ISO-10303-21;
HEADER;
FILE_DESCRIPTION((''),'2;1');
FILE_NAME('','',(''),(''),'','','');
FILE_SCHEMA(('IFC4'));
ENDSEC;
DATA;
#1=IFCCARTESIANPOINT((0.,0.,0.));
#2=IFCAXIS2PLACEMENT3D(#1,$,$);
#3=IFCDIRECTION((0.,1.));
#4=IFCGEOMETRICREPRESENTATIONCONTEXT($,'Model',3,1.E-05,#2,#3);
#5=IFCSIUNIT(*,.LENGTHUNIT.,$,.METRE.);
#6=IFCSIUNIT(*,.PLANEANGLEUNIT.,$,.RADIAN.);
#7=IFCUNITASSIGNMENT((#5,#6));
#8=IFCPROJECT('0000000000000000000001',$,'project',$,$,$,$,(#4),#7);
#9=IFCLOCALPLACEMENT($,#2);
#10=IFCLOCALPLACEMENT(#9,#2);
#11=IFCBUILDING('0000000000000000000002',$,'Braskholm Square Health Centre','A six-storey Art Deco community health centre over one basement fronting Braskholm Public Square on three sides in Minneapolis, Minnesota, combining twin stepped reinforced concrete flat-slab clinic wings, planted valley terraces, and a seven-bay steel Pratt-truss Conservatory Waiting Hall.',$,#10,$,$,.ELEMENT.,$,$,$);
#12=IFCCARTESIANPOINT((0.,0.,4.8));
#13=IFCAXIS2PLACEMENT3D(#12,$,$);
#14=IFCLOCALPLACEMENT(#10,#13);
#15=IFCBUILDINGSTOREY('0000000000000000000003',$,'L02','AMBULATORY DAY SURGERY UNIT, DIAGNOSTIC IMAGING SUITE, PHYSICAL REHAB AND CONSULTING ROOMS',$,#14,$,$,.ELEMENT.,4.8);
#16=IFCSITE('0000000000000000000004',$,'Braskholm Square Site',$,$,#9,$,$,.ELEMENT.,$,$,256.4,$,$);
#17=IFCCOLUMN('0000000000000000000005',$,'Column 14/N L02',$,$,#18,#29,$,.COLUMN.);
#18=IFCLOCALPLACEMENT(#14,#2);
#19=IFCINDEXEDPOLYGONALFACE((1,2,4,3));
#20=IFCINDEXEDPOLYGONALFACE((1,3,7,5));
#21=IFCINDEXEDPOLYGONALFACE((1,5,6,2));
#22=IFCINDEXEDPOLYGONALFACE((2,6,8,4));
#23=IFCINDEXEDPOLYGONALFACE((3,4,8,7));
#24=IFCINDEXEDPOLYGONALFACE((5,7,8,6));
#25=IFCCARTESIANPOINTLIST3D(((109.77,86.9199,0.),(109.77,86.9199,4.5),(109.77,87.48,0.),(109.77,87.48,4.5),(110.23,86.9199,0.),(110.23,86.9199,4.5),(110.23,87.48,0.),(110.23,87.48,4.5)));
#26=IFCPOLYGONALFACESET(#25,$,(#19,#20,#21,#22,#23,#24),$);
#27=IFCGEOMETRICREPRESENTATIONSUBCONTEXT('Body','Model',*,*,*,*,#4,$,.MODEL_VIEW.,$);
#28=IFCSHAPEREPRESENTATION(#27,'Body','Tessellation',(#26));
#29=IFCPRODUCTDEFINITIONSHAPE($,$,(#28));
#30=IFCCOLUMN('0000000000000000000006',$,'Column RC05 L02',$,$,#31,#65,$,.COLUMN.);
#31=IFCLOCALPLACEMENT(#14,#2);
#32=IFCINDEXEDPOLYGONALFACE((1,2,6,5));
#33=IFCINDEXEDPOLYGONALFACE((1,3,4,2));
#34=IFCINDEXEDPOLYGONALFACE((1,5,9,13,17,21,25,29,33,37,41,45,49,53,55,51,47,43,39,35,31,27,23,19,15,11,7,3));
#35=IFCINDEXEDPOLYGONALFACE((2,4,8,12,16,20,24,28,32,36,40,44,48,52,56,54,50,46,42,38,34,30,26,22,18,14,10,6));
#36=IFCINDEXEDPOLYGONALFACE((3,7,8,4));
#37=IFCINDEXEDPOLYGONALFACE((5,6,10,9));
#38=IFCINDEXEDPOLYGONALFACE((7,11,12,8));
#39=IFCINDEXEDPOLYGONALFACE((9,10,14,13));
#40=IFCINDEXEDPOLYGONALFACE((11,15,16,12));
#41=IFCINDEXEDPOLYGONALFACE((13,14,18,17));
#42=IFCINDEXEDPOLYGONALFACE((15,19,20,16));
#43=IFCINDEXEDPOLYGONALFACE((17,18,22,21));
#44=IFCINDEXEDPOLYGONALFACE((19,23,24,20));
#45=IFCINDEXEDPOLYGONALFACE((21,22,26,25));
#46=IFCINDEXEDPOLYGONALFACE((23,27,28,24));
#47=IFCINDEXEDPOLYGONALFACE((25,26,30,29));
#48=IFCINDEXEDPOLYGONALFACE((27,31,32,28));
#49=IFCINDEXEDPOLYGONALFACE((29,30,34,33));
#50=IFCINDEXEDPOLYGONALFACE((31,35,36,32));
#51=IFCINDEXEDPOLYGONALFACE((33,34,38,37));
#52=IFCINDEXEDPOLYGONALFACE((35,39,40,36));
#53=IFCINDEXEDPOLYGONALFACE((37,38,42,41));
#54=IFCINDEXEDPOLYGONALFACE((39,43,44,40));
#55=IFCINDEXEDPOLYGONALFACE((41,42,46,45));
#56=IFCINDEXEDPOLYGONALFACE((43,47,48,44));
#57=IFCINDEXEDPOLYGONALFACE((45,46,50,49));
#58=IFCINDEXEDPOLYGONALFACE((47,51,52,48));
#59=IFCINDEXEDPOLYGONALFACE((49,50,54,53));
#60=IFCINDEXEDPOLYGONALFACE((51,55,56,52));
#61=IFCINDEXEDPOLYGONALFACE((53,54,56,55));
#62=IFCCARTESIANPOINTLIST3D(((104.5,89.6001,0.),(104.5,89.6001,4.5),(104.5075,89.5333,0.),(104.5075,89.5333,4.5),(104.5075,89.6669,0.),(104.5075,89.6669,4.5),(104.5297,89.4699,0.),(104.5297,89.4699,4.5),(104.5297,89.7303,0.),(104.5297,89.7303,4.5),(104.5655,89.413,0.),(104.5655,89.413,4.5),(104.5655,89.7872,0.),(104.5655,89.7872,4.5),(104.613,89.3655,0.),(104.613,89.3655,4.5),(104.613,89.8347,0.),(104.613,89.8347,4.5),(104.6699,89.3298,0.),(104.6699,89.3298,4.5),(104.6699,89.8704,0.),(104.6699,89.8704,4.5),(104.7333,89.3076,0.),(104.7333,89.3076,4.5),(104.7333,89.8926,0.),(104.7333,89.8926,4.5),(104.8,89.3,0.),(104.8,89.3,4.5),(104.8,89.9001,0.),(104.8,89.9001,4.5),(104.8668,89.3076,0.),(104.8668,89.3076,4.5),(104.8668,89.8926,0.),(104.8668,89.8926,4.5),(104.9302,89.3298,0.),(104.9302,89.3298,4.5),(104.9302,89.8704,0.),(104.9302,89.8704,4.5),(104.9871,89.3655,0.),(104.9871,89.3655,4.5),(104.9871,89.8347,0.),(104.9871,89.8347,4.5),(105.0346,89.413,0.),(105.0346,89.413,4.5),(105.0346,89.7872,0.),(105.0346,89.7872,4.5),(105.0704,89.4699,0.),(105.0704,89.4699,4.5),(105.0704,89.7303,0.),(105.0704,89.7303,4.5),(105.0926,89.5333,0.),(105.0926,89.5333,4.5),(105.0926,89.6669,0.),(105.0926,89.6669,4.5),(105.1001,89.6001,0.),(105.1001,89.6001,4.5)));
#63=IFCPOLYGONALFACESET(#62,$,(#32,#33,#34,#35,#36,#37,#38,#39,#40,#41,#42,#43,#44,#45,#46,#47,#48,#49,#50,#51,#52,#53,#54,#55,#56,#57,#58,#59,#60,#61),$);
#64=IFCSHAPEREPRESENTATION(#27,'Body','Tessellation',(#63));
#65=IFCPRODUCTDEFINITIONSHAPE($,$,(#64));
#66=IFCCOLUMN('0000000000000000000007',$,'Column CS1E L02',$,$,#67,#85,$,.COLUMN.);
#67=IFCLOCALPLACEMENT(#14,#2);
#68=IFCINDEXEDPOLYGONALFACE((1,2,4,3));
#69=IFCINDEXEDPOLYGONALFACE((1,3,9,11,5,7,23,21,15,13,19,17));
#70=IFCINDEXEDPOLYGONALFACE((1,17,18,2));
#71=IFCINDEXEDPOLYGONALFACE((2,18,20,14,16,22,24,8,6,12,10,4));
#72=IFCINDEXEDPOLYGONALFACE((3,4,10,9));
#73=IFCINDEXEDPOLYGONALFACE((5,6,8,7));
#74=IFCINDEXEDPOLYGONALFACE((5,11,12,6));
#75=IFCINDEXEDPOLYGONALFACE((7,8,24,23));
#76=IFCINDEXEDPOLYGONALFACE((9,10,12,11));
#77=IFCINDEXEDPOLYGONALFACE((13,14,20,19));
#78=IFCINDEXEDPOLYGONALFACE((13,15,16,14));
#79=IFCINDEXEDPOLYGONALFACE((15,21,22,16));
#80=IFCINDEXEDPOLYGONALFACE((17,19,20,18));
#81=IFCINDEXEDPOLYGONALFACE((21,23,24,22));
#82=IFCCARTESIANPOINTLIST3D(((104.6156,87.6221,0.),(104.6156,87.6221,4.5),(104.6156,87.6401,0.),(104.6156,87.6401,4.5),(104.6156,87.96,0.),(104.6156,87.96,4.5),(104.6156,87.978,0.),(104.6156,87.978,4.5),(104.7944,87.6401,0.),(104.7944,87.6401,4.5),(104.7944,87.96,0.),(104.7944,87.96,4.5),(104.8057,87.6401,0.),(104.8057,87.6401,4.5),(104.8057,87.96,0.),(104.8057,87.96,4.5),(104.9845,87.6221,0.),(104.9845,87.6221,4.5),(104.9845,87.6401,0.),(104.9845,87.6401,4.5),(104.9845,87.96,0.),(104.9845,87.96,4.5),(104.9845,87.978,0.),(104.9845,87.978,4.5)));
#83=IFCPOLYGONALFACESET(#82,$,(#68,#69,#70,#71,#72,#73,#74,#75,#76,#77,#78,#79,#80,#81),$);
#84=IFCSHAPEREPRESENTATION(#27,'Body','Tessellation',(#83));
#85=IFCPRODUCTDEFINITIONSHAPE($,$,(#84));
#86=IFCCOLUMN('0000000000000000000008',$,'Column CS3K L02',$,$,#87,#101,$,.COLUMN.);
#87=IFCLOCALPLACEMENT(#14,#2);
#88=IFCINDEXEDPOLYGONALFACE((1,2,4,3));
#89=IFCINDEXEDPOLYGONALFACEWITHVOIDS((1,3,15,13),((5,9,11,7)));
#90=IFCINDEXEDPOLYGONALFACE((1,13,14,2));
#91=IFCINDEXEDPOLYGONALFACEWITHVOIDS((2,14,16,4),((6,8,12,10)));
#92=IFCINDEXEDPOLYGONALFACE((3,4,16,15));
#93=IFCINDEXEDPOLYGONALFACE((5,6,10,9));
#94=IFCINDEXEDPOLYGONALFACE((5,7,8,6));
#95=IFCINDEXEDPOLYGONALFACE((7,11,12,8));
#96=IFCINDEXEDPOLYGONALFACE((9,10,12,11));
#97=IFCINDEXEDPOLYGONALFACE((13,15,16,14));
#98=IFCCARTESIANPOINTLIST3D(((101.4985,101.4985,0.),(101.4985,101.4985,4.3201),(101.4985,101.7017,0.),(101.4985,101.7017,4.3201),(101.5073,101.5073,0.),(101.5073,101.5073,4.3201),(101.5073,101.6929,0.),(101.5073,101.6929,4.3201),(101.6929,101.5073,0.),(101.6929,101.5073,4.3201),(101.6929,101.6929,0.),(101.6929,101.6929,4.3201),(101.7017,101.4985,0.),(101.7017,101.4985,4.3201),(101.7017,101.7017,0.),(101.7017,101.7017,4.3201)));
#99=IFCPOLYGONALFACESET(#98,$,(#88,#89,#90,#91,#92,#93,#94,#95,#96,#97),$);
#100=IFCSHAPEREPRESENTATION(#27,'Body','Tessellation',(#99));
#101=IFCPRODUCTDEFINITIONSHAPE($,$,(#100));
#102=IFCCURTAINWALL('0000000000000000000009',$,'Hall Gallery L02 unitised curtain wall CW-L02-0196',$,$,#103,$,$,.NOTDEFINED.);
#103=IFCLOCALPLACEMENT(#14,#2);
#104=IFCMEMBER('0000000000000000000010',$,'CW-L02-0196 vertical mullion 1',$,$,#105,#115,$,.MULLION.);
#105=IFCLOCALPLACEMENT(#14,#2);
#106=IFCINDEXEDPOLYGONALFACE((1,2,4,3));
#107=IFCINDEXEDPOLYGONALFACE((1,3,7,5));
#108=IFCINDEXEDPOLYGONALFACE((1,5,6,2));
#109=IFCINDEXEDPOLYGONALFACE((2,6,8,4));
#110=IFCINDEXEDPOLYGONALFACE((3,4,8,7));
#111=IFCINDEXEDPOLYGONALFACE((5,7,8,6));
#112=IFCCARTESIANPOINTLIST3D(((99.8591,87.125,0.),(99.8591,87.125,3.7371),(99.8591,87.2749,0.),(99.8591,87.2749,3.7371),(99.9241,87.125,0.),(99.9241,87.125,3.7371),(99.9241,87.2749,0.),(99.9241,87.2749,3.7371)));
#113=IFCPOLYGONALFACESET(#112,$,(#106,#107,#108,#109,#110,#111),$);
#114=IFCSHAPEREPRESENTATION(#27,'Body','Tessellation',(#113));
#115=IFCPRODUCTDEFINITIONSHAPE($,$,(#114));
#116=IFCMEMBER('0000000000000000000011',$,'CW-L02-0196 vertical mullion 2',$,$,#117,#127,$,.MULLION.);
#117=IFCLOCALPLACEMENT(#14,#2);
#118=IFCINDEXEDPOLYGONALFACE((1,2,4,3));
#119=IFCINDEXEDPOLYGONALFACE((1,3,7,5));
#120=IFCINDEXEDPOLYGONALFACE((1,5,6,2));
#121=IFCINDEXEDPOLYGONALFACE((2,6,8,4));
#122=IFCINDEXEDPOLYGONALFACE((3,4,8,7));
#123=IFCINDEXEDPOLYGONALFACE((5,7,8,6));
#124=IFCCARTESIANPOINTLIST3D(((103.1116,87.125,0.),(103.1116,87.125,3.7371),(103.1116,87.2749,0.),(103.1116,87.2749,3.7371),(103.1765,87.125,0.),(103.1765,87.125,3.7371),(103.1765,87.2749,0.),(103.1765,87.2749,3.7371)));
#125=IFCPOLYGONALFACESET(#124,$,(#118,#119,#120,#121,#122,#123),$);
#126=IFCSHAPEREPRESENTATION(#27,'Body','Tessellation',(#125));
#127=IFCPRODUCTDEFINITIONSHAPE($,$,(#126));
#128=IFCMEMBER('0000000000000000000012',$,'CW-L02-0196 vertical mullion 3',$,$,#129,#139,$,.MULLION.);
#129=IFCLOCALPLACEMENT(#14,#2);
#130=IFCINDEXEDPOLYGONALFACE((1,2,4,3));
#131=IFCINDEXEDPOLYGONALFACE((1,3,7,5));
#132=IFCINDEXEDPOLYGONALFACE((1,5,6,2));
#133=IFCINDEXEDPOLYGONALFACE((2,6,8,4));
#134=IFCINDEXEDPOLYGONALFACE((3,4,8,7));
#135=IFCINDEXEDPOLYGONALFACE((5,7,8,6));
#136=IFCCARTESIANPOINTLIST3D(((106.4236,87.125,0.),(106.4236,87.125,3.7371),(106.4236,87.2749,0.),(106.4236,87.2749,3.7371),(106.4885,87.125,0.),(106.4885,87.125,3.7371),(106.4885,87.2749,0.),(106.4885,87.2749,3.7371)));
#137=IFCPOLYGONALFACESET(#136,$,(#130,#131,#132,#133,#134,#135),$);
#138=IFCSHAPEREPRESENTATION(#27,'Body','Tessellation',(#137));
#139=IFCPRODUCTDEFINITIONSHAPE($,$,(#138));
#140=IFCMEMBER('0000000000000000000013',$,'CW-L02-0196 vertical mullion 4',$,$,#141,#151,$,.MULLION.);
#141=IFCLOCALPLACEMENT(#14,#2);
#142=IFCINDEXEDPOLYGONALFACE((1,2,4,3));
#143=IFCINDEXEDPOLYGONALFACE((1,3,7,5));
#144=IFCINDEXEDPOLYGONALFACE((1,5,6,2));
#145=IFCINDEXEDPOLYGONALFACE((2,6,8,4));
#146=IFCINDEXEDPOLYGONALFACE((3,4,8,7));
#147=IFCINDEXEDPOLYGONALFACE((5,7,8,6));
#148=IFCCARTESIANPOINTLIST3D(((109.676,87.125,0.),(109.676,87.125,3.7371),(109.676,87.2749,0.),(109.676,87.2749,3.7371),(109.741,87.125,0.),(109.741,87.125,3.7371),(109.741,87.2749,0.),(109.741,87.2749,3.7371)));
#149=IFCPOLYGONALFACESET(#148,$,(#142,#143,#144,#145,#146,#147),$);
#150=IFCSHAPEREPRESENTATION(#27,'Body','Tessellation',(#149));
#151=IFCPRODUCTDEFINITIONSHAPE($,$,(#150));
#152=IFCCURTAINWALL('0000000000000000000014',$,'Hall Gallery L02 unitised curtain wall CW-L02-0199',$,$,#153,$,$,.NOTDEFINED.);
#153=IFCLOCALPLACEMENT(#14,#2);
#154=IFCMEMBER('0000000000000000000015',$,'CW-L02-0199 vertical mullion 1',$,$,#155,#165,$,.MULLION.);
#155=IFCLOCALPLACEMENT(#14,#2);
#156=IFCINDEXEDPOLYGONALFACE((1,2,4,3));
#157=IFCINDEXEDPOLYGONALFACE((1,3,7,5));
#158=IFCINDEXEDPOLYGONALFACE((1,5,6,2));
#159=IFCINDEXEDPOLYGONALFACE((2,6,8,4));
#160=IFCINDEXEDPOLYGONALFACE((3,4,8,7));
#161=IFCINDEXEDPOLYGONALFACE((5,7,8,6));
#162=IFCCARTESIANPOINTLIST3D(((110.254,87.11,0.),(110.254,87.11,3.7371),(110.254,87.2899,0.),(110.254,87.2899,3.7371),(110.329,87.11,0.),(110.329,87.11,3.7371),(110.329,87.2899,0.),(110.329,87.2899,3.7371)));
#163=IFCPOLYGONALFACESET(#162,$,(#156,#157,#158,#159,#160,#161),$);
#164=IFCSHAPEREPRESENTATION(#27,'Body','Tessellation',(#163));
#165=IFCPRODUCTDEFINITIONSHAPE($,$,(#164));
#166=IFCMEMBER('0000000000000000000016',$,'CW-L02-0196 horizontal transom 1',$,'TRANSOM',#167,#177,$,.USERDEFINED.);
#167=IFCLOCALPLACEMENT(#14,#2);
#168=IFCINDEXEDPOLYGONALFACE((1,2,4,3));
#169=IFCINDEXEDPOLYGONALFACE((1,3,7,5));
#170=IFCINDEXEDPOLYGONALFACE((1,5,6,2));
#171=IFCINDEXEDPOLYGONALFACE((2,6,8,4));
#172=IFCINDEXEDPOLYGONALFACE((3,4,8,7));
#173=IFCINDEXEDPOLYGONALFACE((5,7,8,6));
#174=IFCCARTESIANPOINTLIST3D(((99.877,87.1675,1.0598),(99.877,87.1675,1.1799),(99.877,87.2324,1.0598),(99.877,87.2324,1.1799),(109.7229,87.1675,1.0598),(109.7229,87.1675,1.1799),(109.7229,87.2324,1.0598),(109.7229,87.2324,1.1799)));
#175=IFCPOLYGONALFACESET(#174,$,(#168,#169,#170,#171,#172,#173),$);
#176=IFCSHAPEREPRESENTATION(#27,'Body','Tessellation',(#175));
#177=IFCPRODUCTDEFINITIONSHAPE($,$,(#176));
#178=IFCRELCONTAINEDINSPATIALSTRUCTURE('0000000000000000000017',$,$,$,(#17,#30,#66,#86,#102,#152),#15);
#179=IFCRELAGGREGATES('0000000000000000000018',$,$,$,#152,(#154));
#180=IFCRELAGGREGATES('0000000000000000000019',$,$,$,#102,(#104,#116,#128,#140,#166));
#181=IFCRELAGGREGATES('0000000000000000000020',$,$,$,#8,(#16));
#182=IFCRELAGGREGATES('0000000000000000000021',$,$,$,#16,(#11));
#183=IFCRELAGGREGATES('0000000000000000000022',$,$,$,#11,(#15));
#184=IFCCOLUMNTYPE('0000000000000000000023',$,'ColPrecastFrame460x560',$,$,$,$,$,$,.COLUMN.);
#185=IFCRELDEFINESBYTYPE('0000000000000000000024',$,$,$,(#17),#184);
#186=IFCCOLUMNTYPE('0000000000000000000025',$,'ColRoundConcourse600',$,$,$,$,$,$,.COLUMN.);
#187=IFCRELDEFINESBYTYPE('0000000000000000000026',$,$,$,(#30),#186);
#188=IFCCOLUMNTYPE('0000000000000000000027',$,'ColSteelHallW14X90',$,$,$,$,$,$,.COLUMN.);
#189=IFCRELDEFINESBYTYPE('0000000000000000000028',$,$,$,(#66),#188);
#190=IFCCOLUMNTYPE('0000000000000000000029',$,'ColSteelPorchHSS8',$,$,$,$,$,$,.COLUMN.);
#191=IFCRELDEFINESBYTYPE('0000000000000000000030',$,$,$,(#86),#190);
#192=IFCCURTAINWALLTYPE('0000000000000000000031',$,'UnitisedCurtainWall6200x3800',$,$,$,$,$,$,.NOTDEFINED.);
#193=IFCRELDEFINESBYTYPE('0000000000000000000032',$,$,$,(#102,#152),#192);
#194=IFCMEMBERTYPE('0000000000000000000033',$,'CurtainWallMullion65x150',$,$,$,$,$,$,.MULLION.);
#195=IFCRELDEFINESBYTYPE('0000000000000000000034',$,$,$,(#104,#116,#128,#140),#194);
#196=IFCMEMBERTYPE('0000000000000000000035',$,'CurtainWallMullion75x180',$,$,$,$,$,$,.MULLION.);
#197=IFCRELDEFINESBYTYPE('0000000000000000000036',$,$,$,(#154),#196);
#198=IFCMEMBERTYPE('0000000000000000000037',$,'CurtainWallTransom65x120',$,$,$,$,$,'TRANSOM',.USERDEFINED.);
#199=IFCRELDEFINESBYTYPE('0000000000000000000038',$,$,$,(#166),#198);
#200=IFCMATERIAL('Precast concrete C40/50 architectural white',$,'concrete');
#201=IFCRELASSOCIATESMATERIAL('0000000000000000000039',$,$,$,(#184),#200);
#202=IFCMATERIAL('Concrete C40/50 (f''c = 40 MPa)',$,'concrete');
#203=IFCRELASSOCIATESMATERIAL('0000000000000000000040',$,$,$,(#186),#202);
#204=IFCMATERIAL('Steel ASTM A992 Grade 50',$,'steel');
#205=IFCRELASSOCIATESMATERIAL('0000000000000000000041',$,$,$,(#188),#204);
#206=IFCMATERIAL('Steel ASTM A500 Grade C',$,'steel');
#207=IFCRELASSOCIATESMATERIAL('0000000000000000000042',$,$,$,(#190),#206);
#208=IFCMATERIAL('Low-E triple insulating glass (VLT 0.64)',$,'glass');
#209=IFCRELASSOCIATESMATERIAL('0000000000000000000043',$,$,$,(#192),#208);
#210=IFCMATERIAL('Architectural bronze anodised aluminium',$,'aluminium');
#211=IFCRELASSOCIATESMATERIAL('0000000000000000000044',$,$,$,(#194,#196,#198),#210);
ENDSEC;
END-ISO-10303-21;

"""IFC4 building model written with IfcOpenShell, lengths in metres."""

from ifc_helpers import new_model, si_unit, direction, frame, origin, origin_2d, place, context, subcontext, project, spatial, rectangle, hollow_rectangle, circle, i_section, extrude, material, material_profile, profile_set, type_object, element, aggregate, save


model = new_model("IFC4")

# Units and contexts
model_context = context("Model", 3, precision=1e-05, world=origin(), true_north=direction((0.0, 1.0)))
body_context = subcontext(model_context, "Body", "Model", "MODEL_VIEW")
ifc_project = project(units=[si_unit("LENGTHUNIT", "METRE"), si_unit("PLANEANGLEUNIT", "RADIAN")], contexts=[model_context])

# Site, building, storey
site_placement = place(None, origin())
site = spatial("IfcSite", under=ifc_project, at=site_placement, Name="Braskholm Square Site", CompositionType="ELEMENT", RefElevation=256.4)
building_placement = place(site_placement, origin())
building = spatial("IfcBuilding", under=site, at=building_placement, Name="Braskholm Square Health Centre", Description="A six-storey Art Deco community health centre over one basement fronting Braskholm Public Square on three sides in Minneapolis, Minnesota, combining twin stepped reinforced concrete flat-slab clinic wings, planted valley terraces, and a seven-bay steel Pratt-truss Conservatory Waiting Hall.", CompositionType="ELEMENT")
storey_placement = place(building_placement, frame((0.0, 0.0, 4.8)))
storey = spatial("IfcBuildingStorey", under=building, at=storey_placement, Name="L02", Description="AMBULATORY DAY SURGERY UNIT, DIAGNOSTIC IMAGING SUITE, PHYSICAL REHAB AND CONSULTING ROOMS", CompositionType="ELEMENT", Elevation=4.8)

# Columns
ifc_material_1 = material(Name="Precast concrete C40/50 architectural white", Category="concrete")
ifc_material_profile_1 = material_profile(ifc_material_1, rectangle(XDim=0.46, YDim=0.5601, at=origin_2d()), Name="RC-460X560")
ifc_profile_set_1 = profile_set([ifc_material_profile_1], Name="Precast concrete C40/50 architectural white")
column_type_1 = type_object("IfcColumnType", Name="ColPrecastFrame460x560", PredefinedType="COLUMN", material=ifc_profile_set_1)
column_1_placement = place(storey_placement, frame((110.0, 87.2, 0.0), z_axis=(0.0, 0.0, 1.0), x_axis=(1.0, 0.0, 0.0)))
element("IfcColumn", 1, at=column_1_placement, inside=storey, type_object=column_type_1, Name="Column 14/N L02", PredefinedType="COLUMN", context=body_context, shape_type="SweptSolid", body=[
    extrude(rectangle(XDim=0.46, YDim=0.5601, at=origin_2d()), origin(), (0.0, 0.0, 1.0), 4.5),
])
ifc_material_2 = material(Name="Concrete C40/50 (f'c = 40 MPa)", Category="concrete")
ifc_material_profile_2 = material_profile(ifc_material_2, circle(Radius=0.3, at=origin_2d()), Name="RC-RND-600")
ifc_profile_set_2 = profile_set([ifc_material_profile_2], Name="Concrete C40/50 (f'c = 40 MPa)")
column_type_2 = type_object("IfcColumnType", Name="ColRoundConcourse600", PredefinedType="COLUMN", material=ifc_profile_set_2)
column_2_placement = place(storey_placement, frame((104.8, 89.6001, 0.0), z_axis=(0.0, 0.0, 1.0), x_axis=(1.0, 0.0, 0.0)))
element("IfcColumn", 2, at=column_2_placement, inside=storey, type_object=column_type_2, Name="Column RC05 L02", PredefinedType="COLUMN", context=body_context, shape_type="SweptSolid", body=[
    extrude(circle(Radius=0.3, at=origin_2d()), origin(), (0.0, 0.0, 1.0), 4.5),
])
ifc_material_3 = material(Name="Steel ASTM A992 Grade 50", Category="steel")
ifc_material_profile_3 = material_profile(ifc_material_3, i_section(OverallWidth=0.3689, OverallDepth=0.356, WebThickness=0.0112, FlangeThickness=0.0181, at=origin_2d()), Name="W14X90")
ifc_profile_set_3 = profile_set([ifc_material_profile_3], Name="Steel ASTM A992 Grade 50")
column_type_3 = type_object("IfcColumnType", Name="ColSteelHallW14X90", PredefinedType="COLUMN", material=ifc_profile_set_3)
column_3_placement = place(storey_placement, frame((104.8, 87.8, 0.0), z_axis=(0.0, 0.0, 1.0), x_axis=(1.0, 0.0, 0.0)))
element("IfcColumn", 3, at=column_3_placement, inside=storey, type_object=column_type_3, Name="Column CS1E L02", PredefinedType="COLUMN", context=body_context, shape_type="SweptSolid", body=[
    extrude(i_section(OverallWidth=0.3689, OverallDepth=0.356, WebThickness=0.0112, FlangeThickness=0.0181, at=origin_2d()), origin(), (0.0, 0.0, 1.0), 4.5),
])
ifc_material_4 = material(Name="Steel ASTM A500 Grade C", Category="steel")
ifc_material_profile_4 = material_profile(ifc_material_4, hollow_rectangle(XDim=0.2031, YDim=0.2031, WallThickness=0.0088, at=origin_2d()), Name="HSS8X8X3/8")
ifc_profile_set_4 = profile_set([ifc_material_profile_4], Name="Steel ASTM A500 Grade C")
column_type_4 = type_object("IfcColumnType", Name="ColSteelPorchHSS8", PredefinedType="COLUMN", material=ifc_profile_set_4)
column_4_placement = place(storey_placement, frame((101.6001, 101.6001, 0.0), z_axis=(0.0, 0.0, 1.0), x_axis=(1.0, 0.0, 0.0)))
element("IfcColumn", 4, at=column_4_placement, inside=storey, type_object=column_type_4, Name="Column CS3K L02", PredefinedType="COLUMN", context=body_context, shape_type="SweptSolid", body=[
    extrude(hollow_rectangle(XDim=0.2031, YDim=0.2031, WallThickness=0.0088, at=origin_2d()), origin(), (0.0, 0.0, 1.0), 4.3201),
])

# Curtain wall, members
ifc_material_5 = material(Name="Low-E triple insulating glass (VLT 0.64)", Category="glass")
curtain_wall_type = type_object("IfcCurtainWallType", Name="UnitisedCurtainWall6200x3800", PredefinedType="NOTDEFINED", material=ifc_material_5)
curtain_wall_1_placement = place(storey_placement, origin())
curtain_wall_1 = element("IfcCurtainWall", 5, at=curtain_wall_1_placement, inside=storey, type_object=curtain_wall_type, Name="Hall Gallery L02 unitised curtain wall CW-L02-0196", PredefinedType="NOTDEFINED")
ifc_material_6 = material(Name="Architectural bronze anodised aluminium", Category="aluminium")
ifc_material_profile_5 = material_profile(ifc_material_6, rectangle(XDim=0.0649, YDim=0.1499, at=origin_2d()), Name="ALU-65X150")
ifc_profile_set_5 = profile_set([ifc_material_profile_5], Name="Architectural bronze anodised aluminium")
member_type_1 = type_object("IfcMemberType", Name="CurtainWallMullion65x150", PredefinedType="MULLION", material=ifc_profile_set_5)
member_1_placement = place(storey_placement, frame((99.8916, 87.2, 0.0), z_axis=(0.0, 0.0, 1.0), x_axis=(1.0, 0.0, 0.0)))
member_1 = element("IfcMember", 6, at=member_1_placement, type_object=member_type_1, Name="CW-L02-0196 vertical mullion 1", PredefinedType="MULLION", context=body_context, shape_type="SweptSolid", body=[
    extrude(rectangle(XDim=0.0649, YDim=0.1499, at=origin_2d()), origin(), (0.0, 0.0, 1.0), 3.7371),
])
member_2_placement = place(storey_placement, frame((103.144, 87.2, 0.0), z_axis=(0.0, 0.0, 1.0), x_axis=(1.0, 0.0, 0.0)))
member_2 = element("IfcMember", 7, at=member_2_placement, type_object=member_type_1, Name="CW-L02-0196 vertical mullion 2", PredefinedType="MULLION", context=body_context, shape_type="SweptSolid", body=[
    extrude(rectangle(XDim=0.0649, YDim=0.1499, at=origin_2d()), origin(), (0.0, 0.0, 1.0), 3.7371),
])
member_3_placement = place(storey_placement, frame((106.4561, 87.2, 0.0), z_axis=(0.0, 0.0, 1.0), x_axis=(1.0, 0.0, 0.0)))
member_3 = element("IfcMember", 8, at=member_3_placement, type_object=member_type_1, Name="CW-L02-0196 vertical mullion 3", PredefinedType="MULLION", context=body_context, shape_type="SweptSolid", body=[
    extrude(rectangle(XDim=0.0649, YDim=0.1499, at=origin_2d()), origin(), (0.0, 0.0, 1.0), 3.7371),
])
member_4_placement = place(storey_placement, frame((109.7085, 87.2, 0.0), z_axis=(0.0, 0.0, 1.0), x_axis=(1.0, 0.0, 0.0)))
member_4 = element("IfcMember", 9, at=member_4_placement, type_object=member_type_1, Name="CW-L02-0196 vertical mullion 4", PredefinedType="MULLION", context=body_context, shape_type="SweptSolid", body=[
    extrude(rectangle(XDim=0.0649, YDim=0.1499, at=origin_2d()), origin(), (0.0, 0.0, 1.0), 3.7371),
])

# Curtain wall, member
curtain_wall_2_placement = place(storey_placement, origin())
curtain_wall_2 = element("IfcCurtainWall", 10, at=curtain_wall_2_placement, inside=storey, type_object=curtain_wall_type, Name="Hall Gallery L02 unitised curtain wall CW-L02-0199", PredefinedType="NOTDEFINED")
ifc_material_profile_6 = material_profile(ifc_material_6, rectangle(XDim=0.075, YDim=0.1799, at=origin_2d()), Name="ALU-75X180")
ifc_profile_set_6 = profile_set([ifc_material_profile_6], Name="Architectural bronze anodised aluminium")
member_type_2 = type_object("IfcMemberType", Name="CurtainWallMullion75x180", PredefinedType="MULLION", material=ifc_profile_set_6)
member_5_placement = place(storey_placement, frame((110.2915, 87.2, 0.0), z_axis=(0.0, 0.0, 1.0), x_axis=(1.0, 0.0, 0.0)))
member_5 = element("IfcMember", 11, at=member_5_placement, type_object=member_type_2, Name="CW-L02-0199 vertical mullion 1", PredefinedType="MULLION", context=body_context, shape_type="SweptSolid", body=[
    extrude(rectangle(XDim=0.075, YDim=0.1799, at=origin_2d()), origin(), (0.0, 0.0, 1.0), 3.7371),
])

# Member
ifc_material_profile_7 = material_profile(ifc_material_6, rectangle(XDim=0.0649, YDim=0.1201, at=origin_2d()), Name="ALU-65X120")
ifc_profile_set_7 = profile_set([ifc_material_profile_7], Name="Architectural bronze anodised aluminium")
member_type_3 = type_object("IfcMemberType", Name="CurtainWallTransom65x120", ElementType="TRANSOM", PredefinedType="USERDEFINED", material=ifc_profile_set_7)
member_6_placement = place(storey_placement, frame((99.877, 87.2, 1.1199), z_axis=(1.0, 0.0, 0.0), x_axis=(0.0, 1.0, 0.0)))
member_6 = element("IfcMember", 12, at=member_6_placement, type_object=member_type_3, Name="CW-L02-0196 horizontal transom 1", ObjectType="TRANSOM", PredefinedType="USERDEFINED", context=body_context, shape_type="SweptSolid", body=[
    extrude(rectangle(XDim=0.0649, YDim=0.1201, at=origin_2d()), origin(), (0.0, 0.0, 1.0), 9.8459),
])

aggregate(curtain_wall_2, [member_5])
aggregate(curtain_wall_1, [member_1, member_2, member_3, member_4, member_6])

save(model, "model.ifc")
